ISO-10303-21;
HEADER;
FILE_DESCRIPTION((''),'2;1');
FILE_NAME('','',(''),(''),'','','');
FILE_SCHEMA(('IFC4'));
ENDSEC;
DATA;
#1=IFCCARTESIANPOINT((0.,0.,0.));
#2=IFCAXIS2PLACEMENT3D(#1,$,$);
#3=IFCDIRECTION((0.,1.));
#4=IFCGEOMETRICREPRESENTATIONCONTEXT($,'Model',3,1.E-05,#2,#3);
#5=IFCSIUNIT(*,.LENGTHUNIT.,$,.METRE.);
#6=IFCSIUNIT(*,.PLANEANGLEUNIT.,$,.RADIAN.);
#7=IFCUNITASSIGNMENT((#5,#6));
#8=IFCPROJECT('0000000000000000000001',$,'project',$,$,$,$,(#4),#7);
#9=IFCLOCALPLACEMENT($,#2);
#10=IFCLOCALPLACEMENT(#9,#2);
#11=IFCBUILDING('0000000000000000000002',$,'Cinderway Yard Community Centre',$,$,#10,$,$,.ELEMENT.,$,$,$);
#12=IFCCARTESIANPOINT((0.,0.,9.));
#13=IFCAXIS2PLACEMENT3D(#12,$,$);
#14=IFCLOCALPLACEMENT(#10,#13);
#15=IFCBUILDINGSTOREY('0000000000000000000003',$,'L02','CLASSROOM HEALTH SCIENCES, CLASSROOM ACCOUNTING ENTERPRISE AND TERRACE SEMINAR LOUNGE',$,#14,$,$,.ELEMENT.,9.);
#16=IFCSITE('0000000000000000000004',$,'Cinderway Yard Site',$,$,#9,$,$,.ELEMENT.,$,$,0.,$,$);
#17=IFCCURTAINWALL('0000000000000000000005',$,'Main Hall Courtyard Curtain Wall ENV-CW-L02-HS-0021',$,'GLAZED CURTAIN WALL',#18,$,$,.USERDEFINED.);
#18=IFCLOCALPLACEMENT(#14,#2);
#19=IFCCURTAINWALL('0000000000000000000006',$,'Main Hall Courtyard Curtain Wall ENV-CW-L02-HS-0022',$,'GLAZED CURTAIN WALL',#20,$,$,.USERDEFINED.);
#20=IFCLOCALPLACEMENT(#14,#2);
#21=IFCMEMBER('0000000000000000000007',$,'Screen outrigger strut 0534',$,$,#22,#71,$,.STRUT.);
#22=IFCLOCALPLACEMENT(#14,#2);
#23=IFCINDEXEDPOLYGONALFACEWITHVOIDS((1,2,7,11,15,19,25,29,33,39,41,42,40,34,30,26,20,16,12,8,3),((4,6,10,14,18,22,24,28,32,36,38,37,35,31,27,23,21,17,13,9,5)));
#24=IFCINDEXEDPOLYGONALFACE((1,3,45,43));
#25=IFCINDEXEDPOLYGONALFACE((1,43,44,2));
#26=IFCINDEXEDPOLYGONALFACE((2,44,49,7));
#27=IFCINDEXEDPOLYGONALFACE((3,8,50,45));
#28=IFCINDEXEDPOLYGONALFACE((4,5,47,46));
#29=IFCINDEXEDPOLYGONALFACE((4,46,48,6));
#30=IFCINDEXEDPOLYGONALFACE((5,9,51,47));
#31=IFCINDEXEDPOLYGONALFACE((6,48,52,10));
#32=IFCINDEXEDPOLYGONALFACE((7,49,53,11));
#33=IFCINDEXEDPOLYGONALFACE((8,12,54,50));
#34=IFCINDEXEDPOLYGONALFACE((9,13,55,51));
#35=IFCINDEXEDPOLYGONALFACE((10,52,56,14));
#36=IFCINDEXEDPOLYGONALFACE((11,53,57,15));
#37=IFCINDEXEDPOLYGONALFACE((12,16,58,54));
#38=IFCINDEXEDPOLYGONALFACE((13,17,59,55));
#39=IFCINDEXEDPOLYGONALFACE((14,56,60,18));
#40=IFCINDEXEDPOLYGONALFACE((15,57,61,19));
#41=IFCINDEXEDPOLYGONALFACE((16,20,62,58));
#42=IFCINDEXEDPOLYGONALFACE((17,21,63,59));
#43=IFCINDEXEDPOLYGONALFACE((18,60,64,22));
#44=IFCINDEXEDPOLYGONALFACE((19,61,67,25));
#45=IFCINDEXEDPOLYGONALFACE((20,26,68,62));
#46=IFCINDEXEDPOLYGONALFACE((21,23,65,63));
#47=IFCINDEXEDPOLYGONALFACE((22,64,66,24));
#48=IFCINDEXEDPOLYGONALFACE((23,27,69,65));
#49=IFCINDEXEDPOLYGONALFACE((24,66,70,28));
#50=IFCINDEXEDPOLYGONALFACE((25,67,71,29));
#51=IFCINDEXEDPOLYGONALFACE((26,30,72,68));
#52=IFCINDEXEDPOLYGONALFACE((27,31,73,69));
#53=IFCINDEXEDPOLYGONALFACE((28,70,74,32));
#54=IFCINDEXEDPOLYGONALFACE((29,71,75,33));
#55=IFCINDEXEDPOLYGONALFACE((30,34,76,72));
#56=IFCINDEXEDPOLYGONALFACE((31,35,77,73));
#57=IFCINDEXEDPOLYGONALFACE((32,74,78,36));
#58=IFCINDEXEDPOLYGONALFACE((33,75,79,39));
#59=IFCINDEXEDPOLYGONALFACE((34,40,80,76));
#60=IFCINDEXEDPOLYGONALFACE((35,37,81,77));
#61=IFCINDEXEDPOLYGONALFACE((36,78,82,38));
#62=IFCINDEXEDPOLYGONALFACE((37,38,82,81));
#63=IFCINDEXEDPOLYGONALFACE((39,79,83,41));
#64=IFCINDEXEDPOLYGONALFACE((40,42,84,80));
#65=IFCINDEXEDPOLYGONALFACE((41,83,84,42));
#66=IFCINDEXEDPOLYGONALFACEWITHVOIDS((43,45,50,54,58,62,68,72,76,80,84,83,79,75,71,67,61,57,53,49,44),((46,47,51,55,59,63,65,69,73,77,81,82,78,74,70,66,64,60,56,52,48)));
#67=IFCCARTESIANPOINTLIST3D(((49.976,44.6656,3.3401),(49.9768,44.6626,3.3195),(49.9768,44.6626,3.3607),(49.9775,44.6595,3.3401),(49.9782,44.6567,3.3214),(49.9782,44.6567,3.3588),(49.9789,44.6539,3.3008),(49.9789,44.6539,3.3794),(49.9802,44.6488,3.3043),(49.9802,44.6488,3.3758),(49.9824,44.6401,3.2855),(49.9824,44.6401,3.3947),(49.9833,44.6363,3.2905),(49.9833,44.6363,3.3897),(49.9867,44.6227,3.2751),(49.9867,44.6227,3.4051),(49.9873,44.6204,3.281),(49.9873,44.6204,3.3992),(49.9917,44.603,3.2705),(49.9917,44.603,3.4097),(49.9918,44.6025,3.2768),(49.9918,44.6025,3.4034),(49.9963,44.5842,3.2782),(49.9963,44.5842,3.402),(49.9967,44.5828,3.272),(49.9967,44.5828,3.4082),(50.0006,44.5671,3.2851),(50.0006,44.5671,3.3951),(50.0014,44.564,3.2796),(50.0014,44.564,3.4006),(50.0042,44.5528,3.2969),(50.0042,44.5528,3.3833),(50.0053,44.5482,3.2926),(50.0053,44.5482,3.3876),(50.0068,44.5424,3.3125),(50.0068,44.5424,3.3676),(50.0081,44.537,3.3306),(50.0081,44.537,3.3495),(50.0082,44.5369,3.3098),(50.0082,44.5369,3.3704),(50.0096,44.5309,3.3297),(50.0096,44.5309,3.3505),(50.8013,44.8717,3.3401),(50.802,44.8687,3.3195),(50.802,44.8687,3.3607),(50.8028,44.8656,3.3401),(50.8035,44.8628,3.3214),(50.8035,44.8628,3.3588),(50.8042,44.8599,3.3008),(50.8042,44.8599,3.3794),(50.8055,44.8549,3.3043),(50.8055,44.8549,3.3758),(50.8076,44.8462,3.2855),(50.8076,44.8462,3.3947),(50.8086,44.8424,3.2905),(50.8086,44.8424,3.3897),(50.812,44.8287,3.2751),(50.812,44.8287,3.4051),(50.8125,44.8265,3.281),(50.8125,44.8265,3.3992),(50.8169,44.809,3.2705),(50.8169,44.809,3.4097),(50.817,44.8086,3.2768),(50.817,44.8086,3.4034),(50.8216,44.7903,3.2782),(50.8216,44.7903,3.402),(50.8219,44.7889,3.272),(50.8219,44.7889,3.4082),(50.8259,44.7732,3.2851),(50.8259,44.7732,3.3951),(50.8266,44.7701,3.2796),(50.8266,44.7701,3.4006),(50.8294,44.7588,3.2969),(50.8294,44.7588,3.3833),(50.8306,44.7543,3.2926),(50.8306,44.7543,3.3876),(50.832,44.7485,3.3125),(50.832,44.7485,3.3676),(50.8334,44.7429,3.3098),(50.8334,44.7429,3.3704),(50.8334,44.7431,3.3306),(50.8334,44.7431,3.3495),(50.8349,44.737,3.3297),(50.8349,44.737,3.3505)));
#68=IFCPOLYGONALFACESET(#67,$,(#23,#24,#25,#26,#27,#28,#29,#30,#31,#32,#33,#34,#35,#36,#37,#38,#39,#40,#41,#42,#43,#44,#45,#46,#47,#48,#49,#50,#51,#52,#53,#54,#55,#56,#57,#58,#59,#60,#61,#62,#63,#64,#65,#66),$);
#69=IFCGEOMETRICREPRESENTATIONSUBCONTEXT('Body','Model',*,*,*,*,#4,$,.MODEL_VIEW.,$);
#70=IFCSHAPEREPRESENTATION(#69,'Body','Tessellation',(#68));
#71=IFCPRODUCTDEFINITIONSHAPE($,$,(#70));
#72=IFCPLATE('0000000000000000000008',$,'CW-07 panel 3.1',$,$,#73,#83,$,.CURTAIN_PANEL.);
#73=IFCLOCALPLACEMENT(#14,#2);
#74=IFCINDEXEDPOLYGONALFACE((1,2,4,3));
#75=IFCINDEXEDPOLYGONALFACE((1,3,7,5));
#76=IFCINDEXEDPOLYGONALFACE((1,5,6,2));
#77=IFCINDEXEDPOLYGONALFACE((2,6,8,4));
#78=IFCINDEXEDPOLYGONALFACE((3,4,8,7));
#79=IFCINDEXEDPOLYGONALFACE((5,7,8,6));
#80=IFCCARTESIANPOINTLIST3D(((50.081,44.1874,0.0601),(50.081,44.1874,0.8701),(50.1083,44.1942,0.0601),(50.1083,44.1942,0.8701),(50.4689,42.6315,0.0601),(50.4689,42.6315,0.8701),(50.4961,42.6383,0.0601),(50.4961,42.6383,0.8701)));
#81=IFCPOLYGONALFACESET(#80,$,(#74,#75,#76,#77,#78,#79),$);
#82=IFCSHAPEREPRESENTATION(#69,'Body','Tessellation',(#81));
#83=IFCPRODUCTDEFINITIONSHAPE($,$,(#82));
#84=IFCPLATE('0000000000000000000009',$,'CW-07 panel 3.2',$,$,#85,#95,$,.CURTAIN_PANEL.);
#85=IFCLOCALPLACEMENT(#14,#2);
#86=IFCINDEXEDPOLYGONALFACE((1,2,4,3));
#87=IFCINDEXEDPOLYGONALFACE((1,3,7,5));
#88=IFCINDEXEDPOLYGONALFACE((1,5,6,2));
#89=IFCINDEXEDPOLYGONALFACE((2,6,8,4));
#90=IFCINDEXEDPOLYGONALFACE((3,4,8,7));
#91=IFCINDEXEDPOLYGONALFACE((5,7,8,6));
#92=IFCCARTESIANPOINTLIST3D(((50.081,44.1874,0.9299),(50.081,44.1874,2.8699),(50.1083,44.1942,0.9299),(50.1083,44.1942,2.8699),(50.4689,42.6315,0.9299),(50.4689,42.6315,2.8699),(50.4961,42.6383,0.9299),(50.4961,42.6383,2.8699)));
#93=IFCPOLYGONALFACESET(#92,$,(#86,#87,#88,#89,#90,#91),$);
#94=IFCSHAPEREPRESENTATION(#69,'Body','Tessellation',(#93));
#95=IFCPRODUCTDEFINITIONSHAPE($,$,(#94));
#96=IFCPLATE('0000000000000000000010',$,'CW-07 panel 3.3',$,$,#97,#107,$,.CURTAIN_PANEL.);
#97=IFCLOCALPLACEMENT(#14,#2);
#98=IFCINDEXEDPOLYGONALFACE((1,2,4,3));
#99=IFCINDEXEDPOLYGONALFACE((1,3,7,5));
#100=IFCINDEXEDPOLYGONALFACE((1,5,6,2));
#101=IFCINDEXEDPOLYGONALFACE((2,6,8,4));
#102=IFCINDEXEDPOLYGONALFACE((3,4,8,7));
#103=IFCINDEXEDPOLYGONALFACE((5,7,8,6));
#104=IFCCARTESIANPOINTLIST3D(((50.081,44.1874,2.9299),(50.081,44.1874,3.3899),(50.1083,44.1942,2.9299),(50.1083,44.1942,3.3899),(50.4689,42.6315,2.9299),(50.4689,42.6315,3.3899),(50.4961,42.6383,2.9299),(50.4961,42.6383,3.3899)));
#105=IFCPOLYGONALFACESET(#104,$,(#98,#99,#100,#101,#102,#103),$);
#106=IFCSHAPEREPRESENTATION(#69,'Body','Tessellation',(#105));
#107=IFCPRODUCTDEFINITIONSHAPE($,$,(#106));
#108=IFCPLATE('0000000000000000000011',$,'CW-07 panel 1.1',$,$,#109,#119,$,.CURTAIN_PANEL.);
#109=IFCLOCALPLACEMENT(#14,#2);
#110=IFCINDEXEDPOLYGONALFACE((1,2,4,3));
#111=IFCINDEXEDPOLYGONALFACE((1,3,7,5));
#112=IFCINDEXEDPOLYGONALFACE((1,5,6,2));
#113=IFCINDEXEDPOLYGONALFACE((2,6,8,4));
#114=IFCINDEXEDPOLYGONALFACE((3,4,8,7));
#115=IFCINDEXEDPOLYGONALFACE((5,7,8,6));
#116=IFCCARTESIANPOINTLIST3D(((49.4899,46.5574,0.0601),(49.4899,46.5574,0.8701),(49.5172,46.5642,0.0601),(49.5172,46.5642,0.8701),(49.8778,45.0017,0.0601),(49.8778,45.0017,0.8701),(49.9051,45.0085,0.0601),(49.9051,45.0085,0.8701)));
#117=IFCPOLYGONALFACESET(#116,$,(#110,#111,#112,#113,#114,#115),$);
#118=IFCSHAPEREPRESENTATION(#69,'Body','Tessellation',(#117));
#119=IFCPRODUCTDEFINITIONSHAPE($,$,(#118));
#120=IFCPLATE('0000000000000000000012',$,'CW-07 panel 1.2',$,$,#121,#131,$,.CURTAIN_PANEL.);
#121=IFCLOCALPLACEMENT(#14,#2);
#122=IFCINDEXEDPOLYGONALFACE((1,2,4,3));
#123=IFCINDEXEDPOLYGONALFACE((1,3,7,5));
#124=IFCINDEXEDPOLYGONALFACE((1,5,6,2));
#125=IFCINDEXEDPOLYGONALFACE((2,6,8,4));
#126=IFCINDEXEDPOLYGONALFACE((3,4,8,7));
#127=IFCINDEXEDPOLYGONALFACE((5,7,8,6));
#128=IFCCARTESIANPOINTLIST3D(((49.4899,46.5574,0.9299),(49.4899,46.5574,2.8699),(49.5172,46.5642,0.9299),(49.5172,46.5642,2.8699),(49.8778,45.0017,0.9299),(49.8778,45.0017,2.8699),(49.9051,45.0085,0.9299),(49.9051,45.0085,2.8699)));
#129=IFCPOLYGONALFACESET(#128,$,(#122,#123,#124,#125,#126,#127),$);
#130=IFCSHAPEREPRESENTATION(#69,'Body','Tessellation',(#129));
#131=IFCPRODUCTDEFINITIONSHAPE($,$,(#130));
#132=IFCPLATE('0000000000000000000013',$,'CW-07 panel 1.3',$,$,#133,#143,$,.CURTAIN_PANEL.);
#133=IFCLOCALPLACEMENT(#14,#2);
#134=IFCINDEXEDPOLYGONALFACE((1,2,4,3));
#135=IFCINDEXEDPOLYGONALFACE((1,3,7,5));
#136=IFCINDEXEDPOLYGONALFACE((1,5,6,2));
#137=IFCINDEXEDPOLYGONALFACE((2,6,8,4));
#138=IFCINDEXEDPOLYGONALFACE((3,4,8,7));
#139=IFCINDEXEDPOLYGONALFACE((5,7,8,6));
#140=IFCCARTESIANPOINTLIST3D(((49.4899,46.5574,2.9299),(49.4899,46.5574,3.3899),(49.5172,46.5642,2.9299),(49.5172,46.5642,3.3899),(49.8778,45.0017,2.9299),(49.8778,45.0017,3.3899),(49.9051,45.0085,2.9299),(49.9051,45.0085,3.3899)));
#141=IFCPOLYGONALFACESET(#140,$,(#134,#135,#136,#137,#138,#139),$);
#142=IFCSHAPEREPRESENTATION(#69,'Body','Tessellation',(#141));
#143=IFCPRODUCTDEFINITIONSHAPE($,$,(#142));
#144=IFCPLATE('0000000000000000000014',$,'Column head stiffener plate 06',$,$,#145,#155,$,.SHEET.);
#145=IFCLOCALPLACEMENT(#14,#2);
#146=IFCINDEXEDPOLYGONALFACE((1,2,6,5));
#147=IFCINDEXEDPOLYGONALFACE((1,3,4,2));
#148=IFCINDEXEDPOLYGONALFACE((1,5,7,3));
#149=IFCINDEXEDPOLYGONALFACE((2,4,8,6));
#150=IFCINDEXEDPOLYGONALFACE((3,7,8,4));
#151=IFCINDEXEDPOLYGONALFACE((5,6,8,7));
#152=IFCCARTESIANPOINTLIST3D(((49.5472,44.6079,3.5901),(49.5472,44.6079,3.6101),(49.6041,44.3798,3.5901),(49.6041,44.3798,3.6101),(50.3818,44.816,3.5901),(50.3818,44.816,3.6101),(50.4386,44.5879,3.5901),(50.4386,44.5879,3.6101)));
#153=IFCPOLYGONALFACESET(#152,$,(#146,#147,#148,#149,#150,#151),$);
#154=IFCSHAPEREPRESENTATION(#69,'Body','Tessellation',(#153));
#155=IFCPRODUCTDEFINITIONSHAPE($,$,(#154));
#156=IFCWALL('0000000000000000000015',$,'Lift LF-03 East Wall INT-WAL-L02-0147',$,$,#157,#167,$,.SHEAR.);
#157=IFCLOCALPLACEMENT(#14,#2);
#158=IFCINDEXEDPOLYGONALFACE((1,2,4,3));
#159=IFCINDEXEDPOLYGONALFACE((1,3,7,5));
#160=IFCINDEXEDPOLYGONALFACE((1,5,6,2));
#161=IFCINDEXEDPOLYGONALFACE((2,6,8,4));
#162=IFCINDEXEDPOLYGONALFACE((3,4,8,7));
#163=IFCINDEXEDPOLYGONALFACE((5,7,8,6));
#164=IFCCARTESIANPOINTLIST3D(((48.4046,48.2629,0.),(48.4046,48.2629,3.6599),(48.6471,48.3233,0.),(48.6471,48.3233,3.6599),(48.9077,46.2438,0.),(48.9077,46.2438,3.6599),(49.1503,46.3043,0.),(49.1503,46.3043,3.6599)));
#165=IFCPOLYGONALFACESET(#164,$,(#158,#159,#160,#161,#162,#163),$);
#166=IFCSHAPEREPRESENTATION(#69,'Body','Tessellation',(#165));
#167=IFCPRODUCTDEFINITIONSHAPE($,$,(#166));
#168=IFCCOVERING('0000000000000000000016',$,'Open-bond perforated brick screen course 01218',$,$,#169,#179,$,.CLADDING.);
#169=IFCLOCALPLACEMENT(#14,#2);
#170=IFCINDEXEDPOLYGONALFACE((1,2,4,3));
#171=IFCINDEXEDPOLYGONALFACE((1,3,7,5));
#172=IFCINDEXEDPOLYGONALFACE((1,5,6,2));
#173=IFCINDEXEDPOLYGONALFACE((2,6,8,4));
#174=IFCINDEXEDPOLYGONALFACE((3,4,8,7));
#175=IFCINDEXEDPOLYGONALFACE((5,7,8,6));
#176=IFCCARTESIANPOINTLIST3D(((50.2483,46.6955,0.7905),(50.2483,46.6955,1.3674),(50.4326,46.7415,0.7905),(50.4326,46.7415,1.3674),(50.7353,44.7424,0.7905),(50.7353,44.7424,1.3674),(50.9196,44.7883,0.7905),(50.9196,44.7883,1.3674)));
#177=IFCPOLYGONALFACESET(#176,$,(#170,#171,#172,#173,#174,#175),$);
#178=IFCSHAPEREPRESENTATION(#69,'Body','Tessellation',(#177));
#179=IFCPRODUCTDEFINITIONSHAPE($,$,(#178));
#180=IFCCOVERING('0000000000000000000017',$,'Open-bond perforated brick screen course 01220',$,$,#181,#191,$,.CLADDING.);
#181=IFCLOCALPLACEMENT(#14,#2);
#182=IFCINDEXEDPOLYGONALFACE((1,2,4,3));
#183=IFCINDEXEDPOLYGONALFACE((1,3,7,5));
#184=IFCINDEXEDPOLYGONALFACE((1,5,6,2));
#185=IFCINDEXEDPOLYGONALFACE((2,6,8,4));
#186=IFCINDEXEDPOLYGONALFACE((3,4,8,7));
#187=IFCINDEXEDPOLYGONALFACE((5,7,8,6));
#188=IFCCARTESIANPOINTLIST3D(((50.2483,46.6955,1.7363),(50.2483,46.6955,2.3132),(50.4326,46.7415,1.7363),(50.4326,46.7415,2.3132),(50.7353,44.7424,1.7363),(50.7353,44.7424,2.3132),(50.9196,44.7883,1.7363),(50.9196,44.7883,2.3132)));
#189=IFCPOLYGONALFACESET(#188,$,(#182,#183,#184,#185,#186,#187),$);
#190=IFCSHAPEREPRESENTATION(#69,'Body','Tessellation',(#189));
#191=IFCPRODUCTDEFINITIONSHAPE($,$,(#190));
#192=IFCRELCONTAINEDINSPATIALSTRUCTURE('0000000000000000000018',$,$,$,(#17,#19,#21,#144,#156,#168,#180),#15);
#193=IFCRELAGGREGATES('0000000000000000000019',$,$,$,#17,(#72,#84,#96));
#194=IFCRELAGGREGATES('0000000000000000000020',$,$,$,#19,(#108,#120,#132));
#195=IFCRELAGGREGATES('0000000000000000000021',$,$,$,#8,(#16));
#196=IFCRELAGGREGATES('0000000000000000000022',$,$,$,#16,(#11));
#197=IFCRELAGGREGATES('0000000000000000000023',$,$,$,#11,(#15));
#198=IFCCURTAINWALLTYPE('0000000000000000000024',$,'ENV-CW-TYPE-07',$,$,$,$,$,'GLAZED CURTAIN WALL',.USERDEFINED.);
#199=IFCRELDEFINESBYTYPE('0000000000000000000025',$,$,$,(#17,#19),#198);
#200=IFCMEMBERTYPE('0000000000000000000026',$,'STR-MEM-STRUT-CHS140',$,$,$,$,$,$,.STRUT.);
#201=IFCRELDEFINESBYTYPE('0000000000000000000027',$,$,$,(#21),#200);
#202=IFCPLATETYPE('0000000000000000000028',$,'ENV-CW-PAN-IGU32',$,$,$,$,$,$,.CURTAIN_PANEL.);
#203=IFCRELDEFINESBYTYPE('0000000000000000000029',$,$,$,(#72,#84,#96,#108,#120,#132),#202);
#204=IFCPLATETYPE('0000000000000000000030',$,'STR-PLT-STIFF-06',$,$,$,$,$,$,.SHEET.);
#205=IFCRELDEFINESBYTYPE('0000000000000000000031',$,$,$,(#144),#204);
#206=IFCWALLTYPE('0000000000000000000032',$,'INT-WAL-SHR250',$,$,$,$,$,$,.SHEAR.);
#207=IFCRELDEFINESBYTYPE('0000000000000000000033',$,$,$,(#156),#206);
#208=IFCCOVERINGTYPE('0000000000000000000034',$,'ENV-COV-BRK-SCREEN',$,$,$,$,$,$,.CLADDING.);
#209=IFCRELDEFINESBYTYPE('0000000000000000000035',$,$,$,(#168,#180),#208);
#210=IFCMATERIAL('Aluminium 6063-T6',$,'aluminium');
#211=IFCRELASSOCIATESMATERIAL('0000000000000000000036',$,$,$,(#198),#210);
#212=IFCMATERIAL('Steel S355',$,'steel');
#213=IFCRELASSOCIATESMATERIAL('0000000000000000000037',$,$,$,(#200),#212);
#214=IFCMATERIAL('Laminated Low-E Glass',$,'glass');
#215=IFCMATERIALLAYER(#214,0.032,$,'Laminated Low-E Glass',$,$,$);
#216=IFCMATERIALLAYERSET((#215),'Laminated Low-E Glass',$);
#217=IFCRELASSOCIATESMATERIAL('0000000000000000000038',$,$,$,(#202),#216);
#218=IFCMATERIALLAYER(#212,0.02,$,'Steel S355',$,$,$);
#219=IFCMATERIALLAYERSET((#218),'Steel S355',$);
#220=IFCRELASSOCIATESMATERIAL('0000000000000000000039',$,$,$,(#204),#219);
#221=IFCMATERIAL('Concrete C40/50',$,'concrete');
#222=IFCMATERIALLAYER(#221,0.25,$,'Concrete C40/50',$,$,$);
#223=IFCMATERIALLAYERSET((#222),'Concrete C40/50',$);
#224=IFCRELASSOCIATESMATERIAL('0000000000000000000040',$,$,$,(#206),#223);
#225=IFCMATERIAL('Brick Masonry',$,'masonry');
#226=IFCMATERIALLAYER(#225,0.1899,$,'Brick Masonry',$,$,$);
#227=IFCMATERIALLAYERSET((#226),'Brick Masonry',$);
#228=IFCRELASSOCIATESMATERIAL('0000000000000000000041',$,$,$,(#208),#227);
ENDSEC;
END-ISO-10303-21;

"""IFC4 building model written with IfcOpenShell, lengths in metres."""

from ifc_helpers import new_model, si_unit, direction, frame, frame_2d, origin, origin_2d, place, context, subcontext, project, spatial, rectangle, hollow_circle, extrude, material, layer, layer_set, material_profile, profile_set, type_object, element, aggregate, save


model = new_model("IFC4")

# Units and contexts
model_context = context("Model", 3, precision=1e-05, world=origin(), true_north=direction((0.0, 1.0)))
body_context = subcontext(model_context, "Body", "Model", "MODEL_VIEW")
ifc_project = project(units=[si_unit("LENGTHUNIT", "METRE"), si_unit("PLANEANGLEUNIT", "RADIAN")], contexts=[model_context])

# Site, building, storey
site_placement = place(None, origin())
site = spatial("IfcSite", under=ifc_project, at=site_placement, Name="Cinderway Yard Site", CompositionType="ELEMENT", RefElevation=0.0)
building_placement = place(site_placement, origin())
building = spatial("IfcBuilding", under=site, at=building_placement, Name="Cinderway Yard Community Centre", CompositionType="ELEMENT")
storey_placement = place(building_placement, frame((0.0, 0.0, 9.0)))
storey = spatial("IfcBuildingStorey", under=building, at=storey_placement, Name="L02", Description="CLASSROOM HEALTH SCIENCES, CLASSROOM ACCOUNTING ENTERPRISE AND TERRACE SEMINAR LOUNGE", CompositionType="ELEMENT", Elevation=9.0)

# Shared definitions
ifc_material_1 = material(Name="Concrete C40/50", Category="concrete")

# Curtain walls
ifc_material_2 = material(Name="Aluminium 6063-T6", Category="aluminium")
curtain_wall_type = type_object("IfcCurtainWallType", Name="ENV-CW-TYPE-07", ElementType="GLAZED CURTAIN WALL", PredefinedType="USERDEFINED", material=ifc_material_2)
curtain_wall_1_placement = place(storey_placement, origin())
curtain_wall_1 = element("IfcCurtainWall", 1, at=curtain_wall_1_placement, inside=storey, type_object=curtain_wall_type, Name="Main Hall Courtyard Curtain Wall ENV-CW-L02-HS-0021", ObjectType="GLAZED CURTAIN WALL", PredefinedType="USERDEFINED")
curtain_wall_2_placement = place(storey_placement, origin())
curtain_wall_2 = element("IfcCurtainWall", 2, at=curtain_wall_2_placement, inside=storey, type_object=curtain_wall_type, Name="Main Hall Courtyard Curtain Wall ENV-CW-L02-HS-0022", ObjectType="GLAZED CURTAIN WALL", PredefinedType="USERDEFINED")

# Shared definitions
ifc_material_3 = material(Name="Steel S355", Category="steel")

# Member
ifc_material_profile_1 = material_profile(ifc_material_3, hollow_circle(Radius=0.0698, WallThickness=0.0063, at=origin_2d()), Name="Steel S355")
ifc_profile_set_1 = profile_set([ifc_material_profile_1], Name="Steel S355")
member_type_1 = type_object("IfcMemberType", Name="STR-MEM-STRUT-CHS140", PredefinedType="STRUT", material=ifc_profile_set_1)
for number, where, z_axis, x_axis, name in (
    (3, (49.9929, 44.5979, 3.3401), (0.97021, 0.242265, 0.0), (-0.242265, 0.97021, 0.0), "Screen outrigger strut 0534"),
):
    element("IfcMember", number, at=place(storey_placement, frame(where, z_axis=z_axis, x_axis=x_axis)), inside=storey, type_object=member_type_1, Name=name, PredefinedType="STRUT", context=body_context, shape_type="SweptSolid", body=[
        extrude(hollow_circle(Radius=0.0698, WallThickness=0.0063, at=origin_2d()), origin(), (0.0, 0.0, 1.0), 0.8506),
    ])

# Plates
ifc_material_4 = material(Name="Laminated Low-E Glass", Category="glass")
ifc_layer_1 = layer(ifc_material_4, 0.032, Name="Laminated Low-E Glass")
ifc_layer_set_1 = layer_set([ifc_layer_1], Name="Laminated Low-E Glass")
plate_type_1 = type_object("IfcPlateType", Name="ENV-CW-PAN-IGU32", PredefinedType="CURTAIN_PANEL", material=ifc_layer_set_1)
plate_1_placement = place(storey_placement, frame((50.2886, 43.4128, 0.0601), z_axis=(0.0, 0.0, 1.0), x_axis=(-0.241887, 0.970304, 0.0)))
plate_1 = element("IfcPlate", 4, at=plate_1_placement, type_object=plate_type_1, Name="CW-07 panel 3.1", PredefinedType="CURTAIN_PANEL", context=body_context, shape_type="SweptSolid", body=[
    extrude(rectangle(XDim=1.6035, YDim=0.0281, at=origin_2d()), origin(), (0.0, 0.0, 1.0), 0.8101),
])
plate_2_placement = place(storey_placement, frame((50.2886, 43.4128, 0.9299), z_axis=(0.0, 0.0, 1.0), x_axis=(-0.241887, 0.970304, 0.0)))
plate_2 = element("IfcPlate", 5, at=plate_2_placement, type_object=plate_type_1, Name="CW-07 panel 3.2", PredefinedType="CURTAIN_PANEL", context=body_context, shape_type="SweptSolid", body=[
    extrude(rectangle(XDim=1.6035, YDim=0.0281, at=origin_2d()), origin(), (0.0, 0.0, 1.0), 1.9399),
])
plate_3_placement = place(storey_placement, frame((50.2886, 43.4128, 2.9299), z_axis=(0.0, 0.0, 1.0), x_axis=(-0.241887, 0.970304, 0.0)))
plate_3 = element("IfcPlate", 6, at=plate_3_placement, type_object=plate_type_1, Name="CW-07 panel 3.3", PredefinedType="CURTAIN_PANEL", context=body_context, shape_type="SweptSolid", body=[
    extrude(rectangle(XDim=1.6035, YDim=0.0281, at=origin_2d()), origin(), (0.0, 0.0, 1.0), 0.46),
])
aggregate(curtain_wall_1, [plate_1, plate_2, plate_3])
plate_4_placement = place(storey_placement, frame((49.6975, 45.783, 0.0601), z_axis=(0.0, 0.0, 1.0), x_axis=(-0.241933, 0.970293, 0.0)))
plate_4 = element("IfcPlate", 7, at=plate_4_placement, type_object=plate_type_1, Name="CW-07 panel 1.1", PredefinedType="CURTAIN_PANEL", context=body_context, shape_type="SweptSolid", body=[
    extrude(rectangle(XDim=1.6033, YDim=0.0281, at=origin_2d()), origin(), (0.0, 0.0, 1.0), 0.8101),
])
plate_5_placement = place(storey_placement, frame((49.6975, 45.783, 0.9299), z_axis=(0.0, 0.0, 1.0), x_axis=(-0.241933, 0.970293, 0.0)))
plate_5 = element("IfcPlate", 8, at=plate_5_placement, type_object=plate_type_1, Name="CW-07 panel 1.2", PredefinedType="CURTAIN_PANEL", context=body_context, shape_type="SweptSolid", body=[
    extrude(rectangle(XDim=1.6033, YDim=0.0281, at=origin_2d()), origin(), (0.0, 0.0, 1.0), 1.9399),
])
plate_6_placement = place(storey_placement, frame((49.6975, 45.783, 2.9299), z_axis=(0.0, 0.0, 1.0), x_axis=(-0.241933, 0.970293, 0.0)))
plate_6 = element("IfcPlate", 9, at=plate_6_placement, type_object=plate_type_1, Name="CW-07 panel 1.3", PredefinedType="CURTAIN_PANEL", context=body_context, shape_type="SweptSolid", body=[
    extrude(rectangle(XDim=1.6033, YDim=0.0281, at=origin_2d()), origin(), (0.0, 0.0, 1.0), 0.46),
])
aggregate(curtain_wall_2, [plate_4, plate_5, plate_6])
ifc_layer_2 = layer(ifc_material_3, 0.02, Name="Steel S355")
ifc_layer_set_2 = layer_set([ifc_layer_2], Name="Steel S355")
plate_type_2 = type_object("IfcPlateType", Name="STR-PLT-STIFF-06", PredefinedType="SHEET", material=ifc_layer_set_2)
plate_7_placement = place(storey_placement, frame((49.9929, 44.5979, 3.5901), z_axis=(0.0, 0.0, 1.0), x_axis=(0.970296, 0.241922, 0.0)))
element("IfcPlate", 10, at=plate_7_placement, inside=storey, type_object=plate_type_2, Name="Column head stiffener plate 06", PredefinedType="SHEET", context=body_context, shape_type="SweptSolid", body=[
    extrude(rectangle(XDim=0.8601, YDim=0.2351, at=origin_2d()), origin(), (0.0, 0.0, 1.0), 0.02),
])

# Wall
ifc_layer_3 = layer(ifc_material_1, 0.25, Name="Concrete C40/50")
ifc_layer_set_3 = layer_set([ifc_layer_3], Name="Concrete C40/50")
wall_type = type_object("IfcWallType", Name="INT-WAL-SHR250", PredefinedType="SHEAR", material=ifc_layer_set_3)
wall_placement = place(storey_placement, frame((49.0291, 46.2739, 0.0), z_axis=(0.0, 0.0, 1.0), x_axis=(-0.241818, 0.970322, 0.0)))
element("IfcWall", 11, at=wall_placement, inside=storey, type_object=wall_type, Name="Lift LF-03 East Wall INT-WAL-L02-0147", PredefinedType="SHEAR", context=body_context, shape_type="SweptSolid", body=[
    extrude(rectangle(XDim=2.0808, YDim=0.25, at=frame_2d((1.0405, 0.0))), origin(), (0.0, 0.0, 1.0), 3.6599),
])

# Coverings
ifc_material_5 = material(Name="Brick Masonry", Category="masonry")
ifc_layer_4 = layer(ifc_material_5, 0.1899, Name="Brick Masonry")
ifc_layer_set_4 = layer_set([ifc_layer_4], Name="Brick Masonry")
covering_type = type_object("IfcCoveringType", Name="ENV-COV-BRK-SCREEN", PredefinedType="CLADDING", material=ifc_layer_set_4)
for number, where, z_axis, x_axis, name in (
    (12, (50.584, 45.7419, 0.7905), (0.0, 0.0, 1.0), (0.241922, -0.970296, 0.0), "Open-bond perforated brick screen course 01218"),
    (13, (50.584, 45.7419, 1.7363), (0.0, 0.0, 1.0), (0.241922, -0.970296, 0.0), "Open-bond perforated brick screen course 01220"),
):
    element("IfcCovering", number, at=place(storey_placement, frame(where, z_axis=z_axis, x_axis=x_axis)), inside=storey, type_object=covering_type, Name=name, PredefinedType="CLADDING", context=body_context, shape_type="SweptSolid", body=[
        extrude(rectangle(XDim=2.0129, YDim=0.1899, at=origin_2d()), origin(), (0.0, 0.0, 1.0), 0.5769),
    ])

save(model, "model.ifc")
